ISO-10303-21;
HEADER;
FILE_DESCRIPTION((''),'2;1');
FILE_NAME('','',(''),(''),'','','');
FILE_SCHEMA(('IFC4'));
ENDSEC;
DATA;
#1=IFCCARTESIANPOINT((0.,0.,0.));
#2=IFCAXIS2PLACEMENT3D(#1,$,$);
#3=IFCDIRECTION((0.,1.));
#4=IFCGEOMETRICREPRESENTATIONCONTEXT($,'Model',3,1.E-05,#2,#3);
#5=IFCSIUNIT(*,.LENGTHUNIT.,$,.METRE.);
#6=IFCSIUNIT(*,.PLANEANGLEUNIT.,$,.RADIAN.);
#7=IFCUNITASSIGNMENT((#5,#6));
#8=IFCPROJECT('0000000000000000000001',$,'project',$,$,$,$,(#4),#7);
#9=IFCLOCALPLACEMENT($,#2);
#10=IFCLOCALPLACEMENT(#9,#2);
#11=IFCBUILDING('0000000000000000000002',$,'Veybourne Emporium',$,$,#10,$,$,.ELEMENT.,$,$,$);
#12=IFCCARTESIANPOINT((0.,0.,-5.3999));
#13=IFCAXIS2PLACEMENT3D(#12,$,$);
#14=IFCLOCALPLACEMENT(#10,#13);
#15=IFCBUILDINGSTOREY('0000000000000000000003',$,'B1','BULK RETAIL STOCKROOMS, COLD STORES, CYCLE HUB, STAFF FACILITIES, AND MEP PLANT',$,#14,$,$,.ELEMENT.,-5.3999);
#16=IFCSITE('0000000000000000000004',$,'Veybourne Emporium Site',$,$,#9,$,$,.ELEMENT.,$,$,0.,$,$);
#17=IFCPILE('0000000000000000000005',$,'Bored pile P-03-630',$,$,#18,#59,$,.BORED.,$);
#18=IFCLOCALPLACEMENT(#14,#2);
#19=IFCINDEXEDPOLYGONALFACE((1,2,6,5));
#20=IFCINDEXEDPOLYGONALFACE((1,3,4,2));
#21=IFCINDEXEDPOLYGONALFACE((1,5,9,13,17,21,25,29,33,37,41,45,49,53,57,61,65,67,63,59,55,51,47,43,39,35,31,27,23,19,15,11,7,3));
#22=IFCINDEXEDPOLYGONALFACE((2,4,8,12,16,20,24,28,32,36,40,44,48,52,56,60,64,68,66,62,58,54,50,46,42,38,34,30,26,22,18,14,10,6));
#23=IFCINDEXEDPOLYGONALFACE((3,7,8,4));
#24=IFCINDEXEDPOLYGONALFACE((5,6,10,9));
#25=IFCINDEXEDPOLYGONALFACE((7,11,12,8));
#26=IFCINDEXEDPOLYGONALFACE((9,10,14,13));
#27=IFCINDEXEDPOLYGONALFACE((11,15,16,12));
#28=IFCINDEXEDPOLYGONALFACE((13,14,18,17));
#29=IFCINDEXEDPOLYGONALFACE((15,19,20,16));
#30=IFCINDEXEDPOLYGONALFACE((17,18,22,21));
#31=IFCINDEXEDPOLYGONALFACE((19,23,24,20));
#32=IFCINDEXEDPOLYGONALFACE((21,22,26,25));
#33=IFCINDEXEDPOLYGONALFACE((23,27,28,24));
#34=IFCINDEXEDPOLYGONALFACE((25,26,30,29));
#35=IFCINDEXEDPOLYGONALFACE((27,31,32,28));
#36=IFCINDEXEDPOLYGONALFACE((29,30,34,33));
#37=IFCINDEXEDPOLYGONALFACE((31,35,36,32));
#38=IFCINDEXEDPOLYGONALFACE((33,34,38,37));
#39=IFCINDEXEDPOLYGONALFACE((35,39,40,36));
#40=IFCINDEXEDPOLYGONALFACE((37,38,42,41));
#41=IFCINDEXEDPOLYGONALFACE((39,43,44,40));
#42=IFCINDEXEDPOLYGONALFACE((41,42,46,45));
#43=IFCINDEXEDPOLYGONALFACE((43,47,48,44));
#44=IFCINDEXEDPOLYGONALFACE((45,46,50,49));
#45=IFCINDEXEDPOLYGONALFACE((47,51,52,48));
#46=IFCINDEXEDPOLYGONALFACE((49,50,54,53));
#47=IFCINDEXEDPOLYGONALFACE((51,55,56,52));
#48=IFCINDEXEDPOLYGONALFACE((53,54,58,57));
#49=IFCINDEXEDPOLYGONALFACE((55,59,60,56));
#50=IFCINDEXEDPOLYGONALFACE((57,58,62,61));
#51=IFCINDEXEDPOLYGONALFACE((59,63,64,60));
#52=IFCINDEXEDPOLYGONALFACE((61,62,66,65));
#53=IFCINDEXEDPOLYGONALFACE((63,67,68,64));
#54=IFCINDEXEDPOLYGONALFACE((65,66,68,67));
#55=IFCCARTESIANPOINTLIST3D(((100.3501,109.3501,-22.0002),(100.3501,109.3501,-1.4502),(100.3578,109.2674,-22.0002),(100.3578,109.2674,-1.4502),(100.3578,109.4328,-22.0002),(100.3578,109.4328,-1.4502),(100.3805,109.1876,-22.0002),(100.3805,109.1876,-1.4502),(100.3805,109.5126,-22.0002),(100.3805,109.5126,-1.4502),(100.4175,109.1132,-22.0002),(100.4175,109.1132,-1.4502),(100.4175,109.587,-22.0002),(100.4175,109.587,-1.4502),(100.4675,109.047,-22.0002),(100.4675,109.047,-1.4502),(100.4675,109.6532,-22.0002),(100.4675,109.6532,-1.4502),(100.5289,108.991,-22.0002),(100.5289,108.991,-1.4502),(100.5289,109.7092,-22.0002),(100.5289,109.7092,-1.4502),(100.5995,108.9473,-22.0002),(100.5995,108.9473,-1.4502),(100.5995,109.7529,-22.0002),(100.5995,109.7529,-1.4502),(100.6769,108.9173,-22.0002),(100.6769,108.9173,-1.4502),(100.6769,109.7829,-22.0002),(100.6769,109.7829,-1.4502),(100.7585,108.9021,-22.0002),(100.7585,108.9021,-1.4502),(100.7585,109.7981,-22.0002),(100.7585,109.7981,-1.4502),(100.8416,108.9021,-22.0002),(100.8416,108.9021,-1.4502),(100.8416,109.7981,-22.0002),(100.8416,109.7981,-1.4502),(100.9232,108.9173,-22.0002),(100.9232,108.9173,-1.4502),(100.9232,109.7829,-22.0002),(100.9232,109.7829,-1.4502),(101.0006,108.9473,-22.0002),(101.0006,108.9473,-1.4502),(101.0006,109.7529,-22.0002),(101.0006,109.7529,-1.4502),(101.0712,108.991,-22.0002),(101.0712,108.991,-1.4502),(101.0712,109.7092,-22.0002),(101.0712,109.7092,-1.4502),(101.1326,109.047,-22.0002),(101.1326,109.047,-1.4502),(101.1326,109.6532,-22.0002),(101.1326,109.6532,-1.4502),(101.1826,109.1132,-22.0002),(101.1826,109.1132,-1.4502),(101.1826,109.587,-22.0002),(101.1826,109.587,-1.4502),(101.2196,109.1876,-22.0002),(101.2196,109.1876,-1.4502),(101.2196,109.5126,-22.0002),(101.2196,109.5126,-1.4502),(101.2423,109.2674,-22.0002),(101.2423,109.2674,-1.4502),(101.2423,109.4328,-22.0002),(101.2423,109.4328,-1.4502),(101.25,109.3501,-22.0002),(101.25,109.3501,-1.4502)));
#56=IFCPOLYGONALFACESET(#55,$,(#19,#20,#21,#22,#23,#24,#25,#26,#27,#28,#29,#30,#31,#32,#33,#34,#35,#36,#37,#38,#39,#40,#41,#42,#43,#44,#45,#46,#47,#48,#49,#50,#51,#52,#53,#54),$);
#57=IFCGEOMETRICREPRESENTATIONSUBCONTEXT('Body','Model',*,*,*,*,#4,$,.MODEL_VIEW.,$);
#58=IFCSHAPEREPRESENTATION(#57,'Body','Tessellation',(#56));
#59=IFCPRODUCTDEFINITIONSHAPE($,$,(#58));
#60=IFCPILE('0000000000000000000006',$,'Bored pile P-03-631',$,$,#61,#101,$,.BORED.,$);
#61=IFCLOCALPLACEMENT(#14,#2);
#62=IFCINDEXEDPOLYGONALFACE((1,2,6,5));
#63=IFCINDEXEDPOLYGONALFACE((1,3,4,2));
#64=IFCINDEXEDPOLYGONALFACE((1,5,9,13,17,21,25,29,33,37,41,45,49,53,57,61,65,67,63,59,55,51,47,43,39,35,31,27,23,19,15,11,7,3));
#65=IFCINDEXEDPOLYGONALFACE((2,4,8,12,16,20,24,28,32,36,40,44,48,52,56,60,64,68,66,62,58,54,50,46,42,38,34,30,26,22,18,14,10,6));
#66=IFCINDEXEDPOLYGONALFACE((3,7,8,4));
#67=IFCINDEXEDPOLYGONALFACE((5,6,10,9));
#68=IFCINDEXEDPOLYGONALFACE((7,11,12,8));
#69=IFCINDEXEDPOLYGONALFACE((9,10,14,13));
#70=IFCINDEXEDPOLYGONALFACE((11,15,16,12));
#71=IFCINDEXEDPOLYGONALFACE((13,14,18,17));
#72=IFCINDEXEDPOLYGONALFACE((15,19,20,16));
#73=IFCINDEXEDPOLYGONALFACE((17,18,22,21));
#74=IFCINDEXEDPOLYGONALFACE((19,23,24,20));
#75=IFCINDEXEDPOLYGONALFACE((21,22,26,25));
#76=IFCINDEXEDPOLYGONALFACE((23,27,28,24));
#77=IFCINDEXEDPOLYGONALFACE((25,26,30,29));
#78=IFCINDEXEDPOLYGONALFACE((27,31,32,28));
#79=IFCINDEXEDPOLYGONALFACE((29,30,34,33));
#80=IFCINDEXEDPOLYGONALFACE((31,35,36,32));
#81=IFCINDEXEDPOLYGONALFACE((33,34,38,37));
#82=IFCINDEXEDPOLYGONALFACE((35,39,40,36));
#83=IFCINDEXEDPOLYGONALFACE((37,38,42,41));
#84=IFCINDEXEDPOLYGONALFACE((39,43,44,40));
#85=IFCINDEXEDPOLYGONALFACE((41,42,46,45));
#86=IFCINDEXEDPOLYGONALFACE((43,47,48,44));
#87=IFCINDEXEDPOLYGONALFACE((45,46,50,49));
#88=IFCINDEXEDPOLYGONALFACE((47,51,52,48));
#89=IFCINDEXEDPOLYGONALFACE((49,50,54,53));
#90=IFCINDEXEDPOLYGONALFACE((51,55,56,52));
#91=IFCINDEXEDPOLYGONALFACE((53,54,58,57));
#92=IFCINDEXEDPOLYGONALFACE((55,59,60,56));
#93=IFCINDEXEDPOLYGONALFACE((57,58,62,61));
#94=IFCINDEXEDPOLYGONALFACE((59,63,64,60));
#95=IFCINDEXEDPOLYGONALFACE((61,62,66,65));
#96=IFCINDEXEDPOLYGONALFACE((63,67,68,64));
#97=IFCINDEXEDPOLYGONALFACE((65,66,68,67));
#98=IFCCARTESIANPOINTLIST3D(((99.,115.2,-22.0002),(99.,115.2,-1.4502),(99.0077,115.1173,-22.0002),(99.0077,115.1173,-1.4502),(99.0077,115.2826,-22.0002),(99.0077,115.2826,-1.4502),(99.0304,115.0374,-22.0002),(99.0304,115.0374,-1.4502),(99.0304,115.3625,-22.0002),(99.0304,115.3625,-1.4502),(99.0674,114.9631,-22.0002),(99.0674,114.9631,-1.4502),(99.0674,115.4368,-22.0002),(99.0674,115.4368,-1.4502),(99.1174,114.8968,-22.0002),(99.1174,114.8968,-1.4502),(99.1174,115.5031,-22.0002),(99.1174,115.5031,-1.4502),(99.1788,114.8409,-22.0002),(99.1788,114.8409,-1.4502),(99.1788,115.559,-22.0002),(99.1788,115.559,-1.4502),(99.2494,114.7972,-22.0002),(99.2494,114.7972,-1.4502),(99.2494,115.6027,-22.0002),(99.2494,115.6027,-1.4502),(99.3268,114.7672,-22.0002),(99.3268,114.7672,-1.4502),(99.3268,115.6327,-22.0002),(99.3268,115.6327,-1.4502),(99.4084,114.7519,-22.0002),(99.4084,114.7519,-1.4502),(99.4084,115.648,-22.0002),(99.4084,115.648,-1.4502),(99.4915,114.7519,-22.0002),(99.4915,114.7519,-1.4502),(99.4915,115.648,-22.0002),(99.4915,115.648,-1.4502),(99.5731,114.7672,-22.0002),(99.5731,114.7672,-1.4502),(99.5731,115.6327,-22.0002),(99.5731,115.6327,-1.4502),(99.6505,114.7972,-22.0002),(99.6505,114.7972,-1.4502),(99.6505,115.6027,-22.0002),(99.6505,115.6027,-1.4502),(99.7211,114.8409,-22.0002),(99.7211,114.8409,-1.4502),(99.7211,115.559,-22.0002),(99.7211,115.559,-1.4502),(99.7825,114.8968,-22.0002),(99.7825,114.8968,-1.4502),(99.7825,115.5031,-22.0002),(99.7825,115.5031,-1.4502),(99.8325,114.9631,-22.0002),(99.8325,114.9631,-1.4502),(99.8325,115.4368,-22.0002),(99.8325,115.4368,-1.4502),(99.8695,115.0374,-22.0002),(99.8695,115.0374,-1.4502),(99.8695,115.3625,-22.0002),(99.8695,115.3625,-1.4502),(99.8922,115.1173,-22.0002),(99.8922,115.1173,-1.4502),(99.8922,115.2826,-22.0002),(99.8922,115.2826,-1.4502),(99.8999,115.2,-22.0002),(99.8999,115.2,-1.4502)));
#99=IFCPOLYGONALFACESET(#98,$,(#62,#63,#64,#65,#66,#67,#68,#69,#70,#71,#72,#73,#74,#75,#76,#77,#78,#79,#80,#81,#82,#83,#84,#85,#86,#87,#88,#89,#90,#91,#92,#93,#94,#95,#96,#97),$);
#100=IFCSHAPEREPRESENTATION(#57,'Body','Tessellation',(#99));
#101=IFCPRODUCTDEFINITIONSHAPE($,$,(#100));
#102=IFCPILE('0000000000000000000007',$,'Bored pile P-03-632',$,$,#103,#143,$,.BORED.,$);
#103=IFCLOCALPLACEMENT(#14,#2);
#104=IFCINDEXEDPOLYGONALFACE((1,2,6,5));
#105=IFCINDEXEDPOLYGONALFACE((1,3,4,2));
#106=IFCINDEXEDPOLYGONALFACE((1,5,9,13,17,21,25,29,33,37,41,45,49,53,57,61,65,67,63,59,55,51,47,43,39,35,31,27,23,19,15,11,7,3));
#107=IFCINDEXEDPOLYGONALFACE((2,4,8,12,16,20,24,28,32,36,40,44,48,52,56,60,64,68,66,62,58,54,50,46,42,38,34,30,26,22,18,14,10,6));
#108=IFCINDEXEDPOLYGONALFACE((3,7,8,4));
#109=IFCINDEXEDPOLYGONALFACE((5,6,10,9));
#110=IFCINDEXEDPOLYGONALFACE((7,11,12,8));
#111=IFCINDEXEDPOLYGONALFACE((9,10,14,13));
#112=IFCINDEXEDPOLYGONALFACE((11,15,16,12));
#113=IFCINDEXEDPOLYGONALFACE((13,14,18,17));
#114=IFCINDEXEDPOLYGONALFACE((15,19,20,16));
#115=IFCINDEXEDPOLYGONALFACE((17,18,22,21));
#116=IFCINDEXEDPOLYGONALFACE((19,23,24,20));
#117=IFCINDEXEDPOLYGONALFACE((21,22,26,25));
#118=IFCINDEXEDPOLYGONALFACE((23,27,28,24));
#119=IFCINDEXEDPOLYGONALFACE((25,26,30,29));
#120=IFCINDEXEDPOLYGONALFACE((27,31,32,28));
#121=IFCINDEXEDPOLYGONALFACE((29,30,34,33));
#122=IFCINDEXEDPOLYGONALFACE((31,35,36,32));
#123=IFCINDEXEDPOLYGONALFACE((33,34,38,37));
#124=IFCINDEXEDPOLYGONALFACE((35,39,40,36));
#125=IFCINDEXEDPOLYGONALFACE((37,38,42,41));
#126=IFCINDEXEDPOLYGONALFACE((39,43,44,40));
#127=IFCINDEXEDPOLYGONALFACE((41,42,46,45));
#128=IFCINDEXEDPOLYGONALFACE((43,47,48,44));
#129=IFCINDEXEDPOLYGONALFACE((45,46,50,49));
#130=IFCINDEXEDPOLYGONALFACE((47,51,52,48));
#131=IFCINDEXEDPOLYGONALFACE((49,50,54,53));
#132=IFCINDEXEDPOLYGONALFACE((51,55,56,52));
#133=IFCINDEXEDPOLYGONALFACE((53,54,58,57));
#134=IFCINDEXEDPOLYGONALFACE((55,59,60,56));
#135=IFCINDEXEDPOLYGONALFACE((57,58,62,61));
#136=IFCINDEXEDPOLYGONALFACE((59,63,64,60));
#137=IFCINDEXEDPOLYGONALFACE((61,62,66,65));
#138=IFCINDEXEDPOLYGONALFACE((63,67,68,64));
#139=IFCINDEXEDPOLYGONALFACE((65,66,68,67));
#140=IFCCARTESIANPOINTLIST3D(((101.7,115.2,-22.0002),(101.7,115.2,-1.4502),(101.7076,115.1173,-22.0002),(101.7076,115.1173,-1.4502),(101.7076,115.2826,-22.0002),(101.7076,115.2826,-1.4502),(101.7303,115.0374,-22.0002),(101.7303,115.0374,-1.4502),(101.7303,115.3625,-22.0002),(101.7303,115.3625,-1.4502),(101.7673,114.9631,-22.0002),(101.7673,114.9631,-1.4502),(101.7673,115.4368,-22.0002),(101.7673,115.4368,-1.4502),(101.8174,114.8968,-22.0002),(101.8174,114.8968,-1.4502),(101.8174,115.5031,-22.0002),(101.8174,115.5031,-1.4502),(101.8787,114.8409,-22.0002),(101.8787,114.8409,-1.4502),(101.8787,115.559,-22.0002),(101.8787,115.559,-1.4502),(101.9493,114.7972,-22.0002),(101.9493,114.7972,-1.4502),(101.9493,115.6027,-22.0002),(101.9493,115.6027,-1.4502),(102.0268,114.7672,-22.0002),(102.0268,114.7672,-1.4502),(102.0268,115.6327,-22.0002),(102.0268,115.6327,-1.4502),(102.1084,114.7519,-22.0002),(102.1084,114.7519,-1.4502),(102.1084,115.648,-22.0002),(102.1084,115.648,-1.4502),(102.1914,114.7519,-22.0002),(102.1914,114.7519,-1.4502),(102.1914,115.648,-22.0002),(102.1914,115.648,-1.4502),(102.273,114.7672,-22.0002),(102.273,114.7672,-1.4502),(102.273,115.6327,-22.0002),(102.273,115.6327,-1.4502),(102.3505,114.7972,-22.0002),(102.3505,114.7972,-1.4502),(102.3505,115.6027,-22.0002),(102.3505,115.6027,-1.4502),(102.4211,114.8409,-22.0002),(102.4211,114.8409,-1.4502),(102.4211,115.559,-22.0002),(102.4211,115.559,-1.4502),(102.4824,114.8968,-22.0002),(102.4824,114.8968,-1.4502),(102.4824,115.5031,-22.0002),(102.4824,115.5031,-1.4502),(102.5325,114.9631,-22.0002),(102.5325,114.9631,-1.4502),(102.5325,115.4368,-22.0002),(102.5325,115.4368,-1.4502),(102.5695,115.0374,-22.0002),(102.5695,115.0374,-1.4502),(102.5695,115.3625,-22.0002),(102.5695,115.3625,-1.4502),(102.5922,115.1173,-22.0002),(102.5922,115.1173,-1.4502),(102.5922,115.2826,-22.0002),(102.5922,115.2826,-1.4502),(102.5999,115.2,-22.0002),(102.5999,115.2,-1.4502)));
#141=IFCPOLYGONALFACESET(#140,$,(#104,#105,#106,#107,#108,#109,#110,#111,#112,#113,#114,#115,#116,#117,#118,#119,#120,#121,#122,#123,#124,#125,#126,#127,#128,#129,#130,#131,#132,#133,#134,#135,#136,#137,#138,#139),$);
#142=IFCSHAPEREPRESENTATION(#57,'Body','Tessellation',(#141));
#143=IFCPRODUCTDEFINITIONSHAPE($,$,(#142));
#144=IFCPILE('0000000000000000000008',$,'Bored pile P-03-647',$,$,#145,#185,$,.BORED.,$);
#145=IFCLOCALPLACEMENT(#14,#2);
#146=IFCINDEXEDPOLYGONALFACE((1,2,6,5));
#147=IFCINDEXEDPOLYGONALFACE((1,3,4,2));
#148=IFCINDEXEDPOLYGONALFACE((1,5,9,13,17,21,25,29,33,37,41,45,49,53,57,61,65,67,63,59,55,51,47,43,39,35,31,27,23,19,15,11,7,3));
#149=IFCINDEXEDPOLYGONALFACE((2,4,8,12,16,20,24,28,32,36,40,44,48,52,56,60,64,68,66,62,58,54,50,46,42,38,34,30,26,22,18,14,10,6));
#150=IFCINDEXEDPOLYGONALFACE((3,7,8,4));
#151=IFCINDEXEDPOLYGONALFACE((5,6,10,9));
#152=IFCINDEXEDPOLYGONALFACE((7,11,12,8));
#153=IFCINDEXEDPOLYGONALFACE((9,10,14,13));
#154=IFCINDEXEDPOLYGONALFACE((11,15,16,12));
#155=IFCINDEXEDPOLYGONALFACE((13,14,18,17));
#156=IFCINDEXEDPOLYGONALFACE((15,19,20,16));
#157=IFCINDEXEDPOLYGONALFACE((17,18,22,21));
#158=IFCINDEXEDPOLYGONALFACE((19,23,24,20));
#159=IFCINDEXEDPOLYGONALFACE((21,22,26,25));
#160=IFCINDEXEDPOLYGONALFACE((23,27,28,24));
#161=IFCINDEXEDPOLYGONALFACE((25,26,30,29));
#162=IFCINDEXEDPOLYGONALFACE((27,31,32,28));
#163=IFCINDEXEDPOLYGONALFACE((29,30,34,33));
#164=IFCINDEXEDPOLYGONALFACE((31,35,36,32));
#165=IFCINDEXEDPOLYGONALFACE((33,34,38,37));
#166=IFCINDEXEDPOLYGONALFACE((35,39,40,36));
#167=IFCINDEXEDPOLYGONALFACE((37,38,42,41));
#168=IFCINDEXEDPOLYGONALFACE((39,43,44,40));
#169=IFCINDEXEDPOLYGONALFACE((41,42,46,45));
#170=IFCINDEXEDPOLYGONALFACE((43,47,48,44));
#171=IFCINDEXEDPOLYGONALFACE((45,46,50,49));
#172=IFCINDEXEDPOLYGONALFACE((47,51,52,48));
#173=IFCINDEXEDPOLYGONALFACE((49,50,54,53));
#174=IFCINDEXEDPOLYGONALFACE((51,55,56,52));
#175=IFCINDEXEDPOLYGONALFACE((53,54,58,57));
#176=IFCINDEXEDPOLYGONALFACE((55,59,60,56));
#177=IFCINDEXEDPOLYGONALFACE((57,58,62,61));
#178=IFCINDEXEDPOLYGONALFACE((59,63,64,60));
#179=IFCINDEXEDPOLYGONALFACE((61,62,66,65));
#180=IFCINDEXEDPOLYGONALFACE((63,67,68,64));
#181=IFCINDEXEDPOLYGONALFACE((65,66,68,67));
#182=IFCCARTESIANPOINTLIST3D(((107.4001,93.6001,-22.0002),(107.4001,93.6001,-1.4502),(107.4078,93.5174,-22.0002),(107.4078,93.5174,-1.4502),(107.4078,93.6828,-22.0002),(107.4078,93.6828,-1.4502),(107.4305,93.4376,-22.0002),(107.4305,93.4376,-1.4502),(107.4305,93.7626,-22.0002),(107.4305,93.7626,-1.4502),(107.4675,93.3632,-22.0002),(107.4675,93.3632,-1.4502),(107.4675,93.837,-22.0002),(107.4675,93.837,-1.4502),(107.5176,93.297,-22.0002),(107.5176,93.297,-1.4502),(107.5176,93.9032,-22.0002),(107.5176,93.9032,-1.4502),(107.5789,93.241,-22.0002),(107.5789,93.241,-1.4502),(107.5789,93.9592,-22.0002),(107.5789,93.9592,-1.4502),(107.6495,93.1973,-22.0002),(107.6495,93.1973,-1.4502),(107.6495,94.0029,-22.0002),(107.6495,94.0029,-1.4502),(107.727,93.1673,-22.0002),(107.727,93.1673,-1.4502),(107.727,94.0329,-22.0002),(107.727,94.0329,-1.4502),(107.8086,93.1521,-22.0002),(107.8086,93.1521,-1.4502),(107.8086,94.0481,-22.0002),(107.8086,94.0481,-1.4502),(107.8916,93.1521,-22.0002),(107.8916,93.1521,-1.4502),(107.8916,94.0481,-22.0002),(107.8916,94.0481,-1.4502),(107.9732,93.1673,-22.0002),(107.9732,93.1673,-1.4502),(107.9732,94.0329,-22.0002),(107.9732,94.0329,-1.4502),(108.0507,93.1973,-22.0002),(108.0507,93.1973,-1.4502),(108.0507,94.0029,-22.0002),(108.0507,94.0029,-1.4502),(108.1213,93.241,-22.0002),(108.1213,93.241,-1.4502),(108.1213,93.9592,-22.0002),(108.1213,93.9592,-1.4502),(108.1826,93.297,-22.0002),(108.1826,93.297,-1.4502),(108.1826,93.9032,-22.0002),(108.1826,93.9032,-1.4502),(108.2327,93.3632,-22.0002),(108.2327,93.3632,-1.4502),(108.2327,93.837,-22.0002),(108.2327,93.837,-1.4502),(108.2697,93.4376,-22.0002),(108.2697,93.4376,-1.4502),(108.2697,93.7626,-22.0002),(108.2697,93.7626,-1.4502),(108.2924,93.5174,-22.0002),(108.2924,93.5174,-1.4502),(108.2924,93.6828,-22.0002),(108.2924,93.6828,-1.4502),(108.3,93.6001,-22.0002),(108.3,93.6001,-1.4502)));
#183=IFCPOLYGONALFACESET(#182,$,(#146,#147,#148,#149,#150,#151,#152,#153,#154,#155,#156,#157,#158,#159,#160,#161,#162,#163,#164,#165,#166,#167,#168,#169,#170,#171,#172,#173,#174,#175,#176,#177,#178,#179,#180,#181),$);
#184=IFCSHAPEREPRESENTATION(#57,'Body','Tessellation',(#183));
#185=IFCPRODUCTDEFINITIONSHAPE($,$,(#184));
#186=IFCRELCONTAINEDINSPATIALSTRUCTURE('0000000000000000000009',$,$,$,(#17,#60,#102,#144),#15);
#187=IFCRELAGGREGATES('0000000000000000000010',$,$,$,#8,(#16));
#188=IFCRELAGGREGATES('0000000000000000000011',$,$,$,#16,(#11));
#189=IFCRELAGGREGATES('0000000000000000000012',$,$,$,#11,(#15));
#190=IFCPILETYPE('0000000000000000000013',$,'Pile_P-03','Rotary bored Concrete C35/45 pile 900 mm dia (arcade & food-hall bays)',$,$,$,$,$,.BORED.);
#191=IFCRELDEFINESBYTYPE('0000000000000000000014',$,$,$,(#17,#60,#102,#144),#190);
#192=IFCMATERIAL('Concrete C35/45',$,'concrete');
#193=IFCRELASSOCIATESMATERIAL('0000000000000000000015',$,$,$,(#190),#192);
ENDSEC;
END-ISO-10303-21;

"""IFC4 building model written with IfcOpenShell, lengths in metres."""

from ifc_helpers import new_model, si_unit, direction, frame, origin, origin_2d, place, context, subcontext, project, spatial, circle, extrude, material, material_profile, profile_set, type_object, element, save


model = new_model("IFC4")

# Units and contexts
model_context = context("Model", 3, precision=1e-05, world=origin(), true_north=direction((0.0, 1.0)))
body_context = subcontext(model_context, "Body", "Model", "MODEL_VIEW")
ifc_project = project(units=[si_unit("LENGTHUNIT", "METRE"), si_unit("PLANEANGLEUNIT", "RADIAN")], contexts=[model_context])

# Site, building, storey
site_placement = place(None, origin())
site = spatial("IfcSite", under=ifc_project, at=site_placement, Name="Veybourne Emporium Site", CompositionType="ELEMENT", RefElevation=0.0)
building_placement = place(site_placement, origin())
building = spatial("IfcBuilding", under=site, at=building_placement, Name="Veybourne Emporium", CompositionType="ELEMENT")
storey_placement = place(building_placement, frame((0.0, 0.0, -5.3999)))
storey = spatial("IfcBuildingStorey", under=building, at=storey_placement, Name="B1", Description="BULK RETAIL STOCKROOMS, COLD STORES, CYCLE HUB, STAFF FACILITIES, AND MEP PLANT", CompositionType="ELEMENT", Elevation=-5.3999)

# Shared definitions
ifc_material_1 = material(Name="Concrete C35/45", Category="concrete")

# Piles
ifc_material_profile_1 = material_profile(ifc_material_1, circle(Radius=0.45, at=origin_2d()), Name="BORED PILE 900")
ifc_profile_set_1 = profile_set([ifc_material_profile_1], Name="Concrete C35/45")
pile_type_1 = type_object("IfcPileType", Name="Pile_P-03", Description="Rotary bored Concrete C35/45 pile 900 mm dia (arcade & food-hall bays)", PredefinedType="BORED", material=ifc_profile_set_1)
for number, where, z_axis, x_axis, name in (
    (1, (100.8, 109.3501, -1.4502), (0.0, 0.0, -1.0), (1.0, 0.0, 0.0), "Bored pile P-03-630"),
    (2, (99.45, 115.2, -1.4502), (0.0, 0.0, -1.0), (1.0, 0.0, 0.0), "Bored pile P-03-631"),
    (3, (102.1499, 115.2, -1.4502), (0.0, 0.0, -1.0), (1.0, 0.0, 0.0), "Bored pile P-03-632"),
    (4, (107.8501, 93.6001, -1.4502), (0.0, 0.0, -1.0), (1.0, 0.0, 0.0), "Bored pile P-03-647"),
):
    element("IfcPile", number, at=place(storey_placement, frame(where, z_axis=z_axis, x_axis=x_axis)), inside=storey, type_object=pile_type_1, Name=name, PredefinedType="BORED", context=body_context, shape_type="SweptSolid", body=[
        extrude(circle(Radius=0.45, at=origin_2d()), origin(), (0.0, 0.0, 1.0), 20.55),
    ])

save(model, "model.ifc")
